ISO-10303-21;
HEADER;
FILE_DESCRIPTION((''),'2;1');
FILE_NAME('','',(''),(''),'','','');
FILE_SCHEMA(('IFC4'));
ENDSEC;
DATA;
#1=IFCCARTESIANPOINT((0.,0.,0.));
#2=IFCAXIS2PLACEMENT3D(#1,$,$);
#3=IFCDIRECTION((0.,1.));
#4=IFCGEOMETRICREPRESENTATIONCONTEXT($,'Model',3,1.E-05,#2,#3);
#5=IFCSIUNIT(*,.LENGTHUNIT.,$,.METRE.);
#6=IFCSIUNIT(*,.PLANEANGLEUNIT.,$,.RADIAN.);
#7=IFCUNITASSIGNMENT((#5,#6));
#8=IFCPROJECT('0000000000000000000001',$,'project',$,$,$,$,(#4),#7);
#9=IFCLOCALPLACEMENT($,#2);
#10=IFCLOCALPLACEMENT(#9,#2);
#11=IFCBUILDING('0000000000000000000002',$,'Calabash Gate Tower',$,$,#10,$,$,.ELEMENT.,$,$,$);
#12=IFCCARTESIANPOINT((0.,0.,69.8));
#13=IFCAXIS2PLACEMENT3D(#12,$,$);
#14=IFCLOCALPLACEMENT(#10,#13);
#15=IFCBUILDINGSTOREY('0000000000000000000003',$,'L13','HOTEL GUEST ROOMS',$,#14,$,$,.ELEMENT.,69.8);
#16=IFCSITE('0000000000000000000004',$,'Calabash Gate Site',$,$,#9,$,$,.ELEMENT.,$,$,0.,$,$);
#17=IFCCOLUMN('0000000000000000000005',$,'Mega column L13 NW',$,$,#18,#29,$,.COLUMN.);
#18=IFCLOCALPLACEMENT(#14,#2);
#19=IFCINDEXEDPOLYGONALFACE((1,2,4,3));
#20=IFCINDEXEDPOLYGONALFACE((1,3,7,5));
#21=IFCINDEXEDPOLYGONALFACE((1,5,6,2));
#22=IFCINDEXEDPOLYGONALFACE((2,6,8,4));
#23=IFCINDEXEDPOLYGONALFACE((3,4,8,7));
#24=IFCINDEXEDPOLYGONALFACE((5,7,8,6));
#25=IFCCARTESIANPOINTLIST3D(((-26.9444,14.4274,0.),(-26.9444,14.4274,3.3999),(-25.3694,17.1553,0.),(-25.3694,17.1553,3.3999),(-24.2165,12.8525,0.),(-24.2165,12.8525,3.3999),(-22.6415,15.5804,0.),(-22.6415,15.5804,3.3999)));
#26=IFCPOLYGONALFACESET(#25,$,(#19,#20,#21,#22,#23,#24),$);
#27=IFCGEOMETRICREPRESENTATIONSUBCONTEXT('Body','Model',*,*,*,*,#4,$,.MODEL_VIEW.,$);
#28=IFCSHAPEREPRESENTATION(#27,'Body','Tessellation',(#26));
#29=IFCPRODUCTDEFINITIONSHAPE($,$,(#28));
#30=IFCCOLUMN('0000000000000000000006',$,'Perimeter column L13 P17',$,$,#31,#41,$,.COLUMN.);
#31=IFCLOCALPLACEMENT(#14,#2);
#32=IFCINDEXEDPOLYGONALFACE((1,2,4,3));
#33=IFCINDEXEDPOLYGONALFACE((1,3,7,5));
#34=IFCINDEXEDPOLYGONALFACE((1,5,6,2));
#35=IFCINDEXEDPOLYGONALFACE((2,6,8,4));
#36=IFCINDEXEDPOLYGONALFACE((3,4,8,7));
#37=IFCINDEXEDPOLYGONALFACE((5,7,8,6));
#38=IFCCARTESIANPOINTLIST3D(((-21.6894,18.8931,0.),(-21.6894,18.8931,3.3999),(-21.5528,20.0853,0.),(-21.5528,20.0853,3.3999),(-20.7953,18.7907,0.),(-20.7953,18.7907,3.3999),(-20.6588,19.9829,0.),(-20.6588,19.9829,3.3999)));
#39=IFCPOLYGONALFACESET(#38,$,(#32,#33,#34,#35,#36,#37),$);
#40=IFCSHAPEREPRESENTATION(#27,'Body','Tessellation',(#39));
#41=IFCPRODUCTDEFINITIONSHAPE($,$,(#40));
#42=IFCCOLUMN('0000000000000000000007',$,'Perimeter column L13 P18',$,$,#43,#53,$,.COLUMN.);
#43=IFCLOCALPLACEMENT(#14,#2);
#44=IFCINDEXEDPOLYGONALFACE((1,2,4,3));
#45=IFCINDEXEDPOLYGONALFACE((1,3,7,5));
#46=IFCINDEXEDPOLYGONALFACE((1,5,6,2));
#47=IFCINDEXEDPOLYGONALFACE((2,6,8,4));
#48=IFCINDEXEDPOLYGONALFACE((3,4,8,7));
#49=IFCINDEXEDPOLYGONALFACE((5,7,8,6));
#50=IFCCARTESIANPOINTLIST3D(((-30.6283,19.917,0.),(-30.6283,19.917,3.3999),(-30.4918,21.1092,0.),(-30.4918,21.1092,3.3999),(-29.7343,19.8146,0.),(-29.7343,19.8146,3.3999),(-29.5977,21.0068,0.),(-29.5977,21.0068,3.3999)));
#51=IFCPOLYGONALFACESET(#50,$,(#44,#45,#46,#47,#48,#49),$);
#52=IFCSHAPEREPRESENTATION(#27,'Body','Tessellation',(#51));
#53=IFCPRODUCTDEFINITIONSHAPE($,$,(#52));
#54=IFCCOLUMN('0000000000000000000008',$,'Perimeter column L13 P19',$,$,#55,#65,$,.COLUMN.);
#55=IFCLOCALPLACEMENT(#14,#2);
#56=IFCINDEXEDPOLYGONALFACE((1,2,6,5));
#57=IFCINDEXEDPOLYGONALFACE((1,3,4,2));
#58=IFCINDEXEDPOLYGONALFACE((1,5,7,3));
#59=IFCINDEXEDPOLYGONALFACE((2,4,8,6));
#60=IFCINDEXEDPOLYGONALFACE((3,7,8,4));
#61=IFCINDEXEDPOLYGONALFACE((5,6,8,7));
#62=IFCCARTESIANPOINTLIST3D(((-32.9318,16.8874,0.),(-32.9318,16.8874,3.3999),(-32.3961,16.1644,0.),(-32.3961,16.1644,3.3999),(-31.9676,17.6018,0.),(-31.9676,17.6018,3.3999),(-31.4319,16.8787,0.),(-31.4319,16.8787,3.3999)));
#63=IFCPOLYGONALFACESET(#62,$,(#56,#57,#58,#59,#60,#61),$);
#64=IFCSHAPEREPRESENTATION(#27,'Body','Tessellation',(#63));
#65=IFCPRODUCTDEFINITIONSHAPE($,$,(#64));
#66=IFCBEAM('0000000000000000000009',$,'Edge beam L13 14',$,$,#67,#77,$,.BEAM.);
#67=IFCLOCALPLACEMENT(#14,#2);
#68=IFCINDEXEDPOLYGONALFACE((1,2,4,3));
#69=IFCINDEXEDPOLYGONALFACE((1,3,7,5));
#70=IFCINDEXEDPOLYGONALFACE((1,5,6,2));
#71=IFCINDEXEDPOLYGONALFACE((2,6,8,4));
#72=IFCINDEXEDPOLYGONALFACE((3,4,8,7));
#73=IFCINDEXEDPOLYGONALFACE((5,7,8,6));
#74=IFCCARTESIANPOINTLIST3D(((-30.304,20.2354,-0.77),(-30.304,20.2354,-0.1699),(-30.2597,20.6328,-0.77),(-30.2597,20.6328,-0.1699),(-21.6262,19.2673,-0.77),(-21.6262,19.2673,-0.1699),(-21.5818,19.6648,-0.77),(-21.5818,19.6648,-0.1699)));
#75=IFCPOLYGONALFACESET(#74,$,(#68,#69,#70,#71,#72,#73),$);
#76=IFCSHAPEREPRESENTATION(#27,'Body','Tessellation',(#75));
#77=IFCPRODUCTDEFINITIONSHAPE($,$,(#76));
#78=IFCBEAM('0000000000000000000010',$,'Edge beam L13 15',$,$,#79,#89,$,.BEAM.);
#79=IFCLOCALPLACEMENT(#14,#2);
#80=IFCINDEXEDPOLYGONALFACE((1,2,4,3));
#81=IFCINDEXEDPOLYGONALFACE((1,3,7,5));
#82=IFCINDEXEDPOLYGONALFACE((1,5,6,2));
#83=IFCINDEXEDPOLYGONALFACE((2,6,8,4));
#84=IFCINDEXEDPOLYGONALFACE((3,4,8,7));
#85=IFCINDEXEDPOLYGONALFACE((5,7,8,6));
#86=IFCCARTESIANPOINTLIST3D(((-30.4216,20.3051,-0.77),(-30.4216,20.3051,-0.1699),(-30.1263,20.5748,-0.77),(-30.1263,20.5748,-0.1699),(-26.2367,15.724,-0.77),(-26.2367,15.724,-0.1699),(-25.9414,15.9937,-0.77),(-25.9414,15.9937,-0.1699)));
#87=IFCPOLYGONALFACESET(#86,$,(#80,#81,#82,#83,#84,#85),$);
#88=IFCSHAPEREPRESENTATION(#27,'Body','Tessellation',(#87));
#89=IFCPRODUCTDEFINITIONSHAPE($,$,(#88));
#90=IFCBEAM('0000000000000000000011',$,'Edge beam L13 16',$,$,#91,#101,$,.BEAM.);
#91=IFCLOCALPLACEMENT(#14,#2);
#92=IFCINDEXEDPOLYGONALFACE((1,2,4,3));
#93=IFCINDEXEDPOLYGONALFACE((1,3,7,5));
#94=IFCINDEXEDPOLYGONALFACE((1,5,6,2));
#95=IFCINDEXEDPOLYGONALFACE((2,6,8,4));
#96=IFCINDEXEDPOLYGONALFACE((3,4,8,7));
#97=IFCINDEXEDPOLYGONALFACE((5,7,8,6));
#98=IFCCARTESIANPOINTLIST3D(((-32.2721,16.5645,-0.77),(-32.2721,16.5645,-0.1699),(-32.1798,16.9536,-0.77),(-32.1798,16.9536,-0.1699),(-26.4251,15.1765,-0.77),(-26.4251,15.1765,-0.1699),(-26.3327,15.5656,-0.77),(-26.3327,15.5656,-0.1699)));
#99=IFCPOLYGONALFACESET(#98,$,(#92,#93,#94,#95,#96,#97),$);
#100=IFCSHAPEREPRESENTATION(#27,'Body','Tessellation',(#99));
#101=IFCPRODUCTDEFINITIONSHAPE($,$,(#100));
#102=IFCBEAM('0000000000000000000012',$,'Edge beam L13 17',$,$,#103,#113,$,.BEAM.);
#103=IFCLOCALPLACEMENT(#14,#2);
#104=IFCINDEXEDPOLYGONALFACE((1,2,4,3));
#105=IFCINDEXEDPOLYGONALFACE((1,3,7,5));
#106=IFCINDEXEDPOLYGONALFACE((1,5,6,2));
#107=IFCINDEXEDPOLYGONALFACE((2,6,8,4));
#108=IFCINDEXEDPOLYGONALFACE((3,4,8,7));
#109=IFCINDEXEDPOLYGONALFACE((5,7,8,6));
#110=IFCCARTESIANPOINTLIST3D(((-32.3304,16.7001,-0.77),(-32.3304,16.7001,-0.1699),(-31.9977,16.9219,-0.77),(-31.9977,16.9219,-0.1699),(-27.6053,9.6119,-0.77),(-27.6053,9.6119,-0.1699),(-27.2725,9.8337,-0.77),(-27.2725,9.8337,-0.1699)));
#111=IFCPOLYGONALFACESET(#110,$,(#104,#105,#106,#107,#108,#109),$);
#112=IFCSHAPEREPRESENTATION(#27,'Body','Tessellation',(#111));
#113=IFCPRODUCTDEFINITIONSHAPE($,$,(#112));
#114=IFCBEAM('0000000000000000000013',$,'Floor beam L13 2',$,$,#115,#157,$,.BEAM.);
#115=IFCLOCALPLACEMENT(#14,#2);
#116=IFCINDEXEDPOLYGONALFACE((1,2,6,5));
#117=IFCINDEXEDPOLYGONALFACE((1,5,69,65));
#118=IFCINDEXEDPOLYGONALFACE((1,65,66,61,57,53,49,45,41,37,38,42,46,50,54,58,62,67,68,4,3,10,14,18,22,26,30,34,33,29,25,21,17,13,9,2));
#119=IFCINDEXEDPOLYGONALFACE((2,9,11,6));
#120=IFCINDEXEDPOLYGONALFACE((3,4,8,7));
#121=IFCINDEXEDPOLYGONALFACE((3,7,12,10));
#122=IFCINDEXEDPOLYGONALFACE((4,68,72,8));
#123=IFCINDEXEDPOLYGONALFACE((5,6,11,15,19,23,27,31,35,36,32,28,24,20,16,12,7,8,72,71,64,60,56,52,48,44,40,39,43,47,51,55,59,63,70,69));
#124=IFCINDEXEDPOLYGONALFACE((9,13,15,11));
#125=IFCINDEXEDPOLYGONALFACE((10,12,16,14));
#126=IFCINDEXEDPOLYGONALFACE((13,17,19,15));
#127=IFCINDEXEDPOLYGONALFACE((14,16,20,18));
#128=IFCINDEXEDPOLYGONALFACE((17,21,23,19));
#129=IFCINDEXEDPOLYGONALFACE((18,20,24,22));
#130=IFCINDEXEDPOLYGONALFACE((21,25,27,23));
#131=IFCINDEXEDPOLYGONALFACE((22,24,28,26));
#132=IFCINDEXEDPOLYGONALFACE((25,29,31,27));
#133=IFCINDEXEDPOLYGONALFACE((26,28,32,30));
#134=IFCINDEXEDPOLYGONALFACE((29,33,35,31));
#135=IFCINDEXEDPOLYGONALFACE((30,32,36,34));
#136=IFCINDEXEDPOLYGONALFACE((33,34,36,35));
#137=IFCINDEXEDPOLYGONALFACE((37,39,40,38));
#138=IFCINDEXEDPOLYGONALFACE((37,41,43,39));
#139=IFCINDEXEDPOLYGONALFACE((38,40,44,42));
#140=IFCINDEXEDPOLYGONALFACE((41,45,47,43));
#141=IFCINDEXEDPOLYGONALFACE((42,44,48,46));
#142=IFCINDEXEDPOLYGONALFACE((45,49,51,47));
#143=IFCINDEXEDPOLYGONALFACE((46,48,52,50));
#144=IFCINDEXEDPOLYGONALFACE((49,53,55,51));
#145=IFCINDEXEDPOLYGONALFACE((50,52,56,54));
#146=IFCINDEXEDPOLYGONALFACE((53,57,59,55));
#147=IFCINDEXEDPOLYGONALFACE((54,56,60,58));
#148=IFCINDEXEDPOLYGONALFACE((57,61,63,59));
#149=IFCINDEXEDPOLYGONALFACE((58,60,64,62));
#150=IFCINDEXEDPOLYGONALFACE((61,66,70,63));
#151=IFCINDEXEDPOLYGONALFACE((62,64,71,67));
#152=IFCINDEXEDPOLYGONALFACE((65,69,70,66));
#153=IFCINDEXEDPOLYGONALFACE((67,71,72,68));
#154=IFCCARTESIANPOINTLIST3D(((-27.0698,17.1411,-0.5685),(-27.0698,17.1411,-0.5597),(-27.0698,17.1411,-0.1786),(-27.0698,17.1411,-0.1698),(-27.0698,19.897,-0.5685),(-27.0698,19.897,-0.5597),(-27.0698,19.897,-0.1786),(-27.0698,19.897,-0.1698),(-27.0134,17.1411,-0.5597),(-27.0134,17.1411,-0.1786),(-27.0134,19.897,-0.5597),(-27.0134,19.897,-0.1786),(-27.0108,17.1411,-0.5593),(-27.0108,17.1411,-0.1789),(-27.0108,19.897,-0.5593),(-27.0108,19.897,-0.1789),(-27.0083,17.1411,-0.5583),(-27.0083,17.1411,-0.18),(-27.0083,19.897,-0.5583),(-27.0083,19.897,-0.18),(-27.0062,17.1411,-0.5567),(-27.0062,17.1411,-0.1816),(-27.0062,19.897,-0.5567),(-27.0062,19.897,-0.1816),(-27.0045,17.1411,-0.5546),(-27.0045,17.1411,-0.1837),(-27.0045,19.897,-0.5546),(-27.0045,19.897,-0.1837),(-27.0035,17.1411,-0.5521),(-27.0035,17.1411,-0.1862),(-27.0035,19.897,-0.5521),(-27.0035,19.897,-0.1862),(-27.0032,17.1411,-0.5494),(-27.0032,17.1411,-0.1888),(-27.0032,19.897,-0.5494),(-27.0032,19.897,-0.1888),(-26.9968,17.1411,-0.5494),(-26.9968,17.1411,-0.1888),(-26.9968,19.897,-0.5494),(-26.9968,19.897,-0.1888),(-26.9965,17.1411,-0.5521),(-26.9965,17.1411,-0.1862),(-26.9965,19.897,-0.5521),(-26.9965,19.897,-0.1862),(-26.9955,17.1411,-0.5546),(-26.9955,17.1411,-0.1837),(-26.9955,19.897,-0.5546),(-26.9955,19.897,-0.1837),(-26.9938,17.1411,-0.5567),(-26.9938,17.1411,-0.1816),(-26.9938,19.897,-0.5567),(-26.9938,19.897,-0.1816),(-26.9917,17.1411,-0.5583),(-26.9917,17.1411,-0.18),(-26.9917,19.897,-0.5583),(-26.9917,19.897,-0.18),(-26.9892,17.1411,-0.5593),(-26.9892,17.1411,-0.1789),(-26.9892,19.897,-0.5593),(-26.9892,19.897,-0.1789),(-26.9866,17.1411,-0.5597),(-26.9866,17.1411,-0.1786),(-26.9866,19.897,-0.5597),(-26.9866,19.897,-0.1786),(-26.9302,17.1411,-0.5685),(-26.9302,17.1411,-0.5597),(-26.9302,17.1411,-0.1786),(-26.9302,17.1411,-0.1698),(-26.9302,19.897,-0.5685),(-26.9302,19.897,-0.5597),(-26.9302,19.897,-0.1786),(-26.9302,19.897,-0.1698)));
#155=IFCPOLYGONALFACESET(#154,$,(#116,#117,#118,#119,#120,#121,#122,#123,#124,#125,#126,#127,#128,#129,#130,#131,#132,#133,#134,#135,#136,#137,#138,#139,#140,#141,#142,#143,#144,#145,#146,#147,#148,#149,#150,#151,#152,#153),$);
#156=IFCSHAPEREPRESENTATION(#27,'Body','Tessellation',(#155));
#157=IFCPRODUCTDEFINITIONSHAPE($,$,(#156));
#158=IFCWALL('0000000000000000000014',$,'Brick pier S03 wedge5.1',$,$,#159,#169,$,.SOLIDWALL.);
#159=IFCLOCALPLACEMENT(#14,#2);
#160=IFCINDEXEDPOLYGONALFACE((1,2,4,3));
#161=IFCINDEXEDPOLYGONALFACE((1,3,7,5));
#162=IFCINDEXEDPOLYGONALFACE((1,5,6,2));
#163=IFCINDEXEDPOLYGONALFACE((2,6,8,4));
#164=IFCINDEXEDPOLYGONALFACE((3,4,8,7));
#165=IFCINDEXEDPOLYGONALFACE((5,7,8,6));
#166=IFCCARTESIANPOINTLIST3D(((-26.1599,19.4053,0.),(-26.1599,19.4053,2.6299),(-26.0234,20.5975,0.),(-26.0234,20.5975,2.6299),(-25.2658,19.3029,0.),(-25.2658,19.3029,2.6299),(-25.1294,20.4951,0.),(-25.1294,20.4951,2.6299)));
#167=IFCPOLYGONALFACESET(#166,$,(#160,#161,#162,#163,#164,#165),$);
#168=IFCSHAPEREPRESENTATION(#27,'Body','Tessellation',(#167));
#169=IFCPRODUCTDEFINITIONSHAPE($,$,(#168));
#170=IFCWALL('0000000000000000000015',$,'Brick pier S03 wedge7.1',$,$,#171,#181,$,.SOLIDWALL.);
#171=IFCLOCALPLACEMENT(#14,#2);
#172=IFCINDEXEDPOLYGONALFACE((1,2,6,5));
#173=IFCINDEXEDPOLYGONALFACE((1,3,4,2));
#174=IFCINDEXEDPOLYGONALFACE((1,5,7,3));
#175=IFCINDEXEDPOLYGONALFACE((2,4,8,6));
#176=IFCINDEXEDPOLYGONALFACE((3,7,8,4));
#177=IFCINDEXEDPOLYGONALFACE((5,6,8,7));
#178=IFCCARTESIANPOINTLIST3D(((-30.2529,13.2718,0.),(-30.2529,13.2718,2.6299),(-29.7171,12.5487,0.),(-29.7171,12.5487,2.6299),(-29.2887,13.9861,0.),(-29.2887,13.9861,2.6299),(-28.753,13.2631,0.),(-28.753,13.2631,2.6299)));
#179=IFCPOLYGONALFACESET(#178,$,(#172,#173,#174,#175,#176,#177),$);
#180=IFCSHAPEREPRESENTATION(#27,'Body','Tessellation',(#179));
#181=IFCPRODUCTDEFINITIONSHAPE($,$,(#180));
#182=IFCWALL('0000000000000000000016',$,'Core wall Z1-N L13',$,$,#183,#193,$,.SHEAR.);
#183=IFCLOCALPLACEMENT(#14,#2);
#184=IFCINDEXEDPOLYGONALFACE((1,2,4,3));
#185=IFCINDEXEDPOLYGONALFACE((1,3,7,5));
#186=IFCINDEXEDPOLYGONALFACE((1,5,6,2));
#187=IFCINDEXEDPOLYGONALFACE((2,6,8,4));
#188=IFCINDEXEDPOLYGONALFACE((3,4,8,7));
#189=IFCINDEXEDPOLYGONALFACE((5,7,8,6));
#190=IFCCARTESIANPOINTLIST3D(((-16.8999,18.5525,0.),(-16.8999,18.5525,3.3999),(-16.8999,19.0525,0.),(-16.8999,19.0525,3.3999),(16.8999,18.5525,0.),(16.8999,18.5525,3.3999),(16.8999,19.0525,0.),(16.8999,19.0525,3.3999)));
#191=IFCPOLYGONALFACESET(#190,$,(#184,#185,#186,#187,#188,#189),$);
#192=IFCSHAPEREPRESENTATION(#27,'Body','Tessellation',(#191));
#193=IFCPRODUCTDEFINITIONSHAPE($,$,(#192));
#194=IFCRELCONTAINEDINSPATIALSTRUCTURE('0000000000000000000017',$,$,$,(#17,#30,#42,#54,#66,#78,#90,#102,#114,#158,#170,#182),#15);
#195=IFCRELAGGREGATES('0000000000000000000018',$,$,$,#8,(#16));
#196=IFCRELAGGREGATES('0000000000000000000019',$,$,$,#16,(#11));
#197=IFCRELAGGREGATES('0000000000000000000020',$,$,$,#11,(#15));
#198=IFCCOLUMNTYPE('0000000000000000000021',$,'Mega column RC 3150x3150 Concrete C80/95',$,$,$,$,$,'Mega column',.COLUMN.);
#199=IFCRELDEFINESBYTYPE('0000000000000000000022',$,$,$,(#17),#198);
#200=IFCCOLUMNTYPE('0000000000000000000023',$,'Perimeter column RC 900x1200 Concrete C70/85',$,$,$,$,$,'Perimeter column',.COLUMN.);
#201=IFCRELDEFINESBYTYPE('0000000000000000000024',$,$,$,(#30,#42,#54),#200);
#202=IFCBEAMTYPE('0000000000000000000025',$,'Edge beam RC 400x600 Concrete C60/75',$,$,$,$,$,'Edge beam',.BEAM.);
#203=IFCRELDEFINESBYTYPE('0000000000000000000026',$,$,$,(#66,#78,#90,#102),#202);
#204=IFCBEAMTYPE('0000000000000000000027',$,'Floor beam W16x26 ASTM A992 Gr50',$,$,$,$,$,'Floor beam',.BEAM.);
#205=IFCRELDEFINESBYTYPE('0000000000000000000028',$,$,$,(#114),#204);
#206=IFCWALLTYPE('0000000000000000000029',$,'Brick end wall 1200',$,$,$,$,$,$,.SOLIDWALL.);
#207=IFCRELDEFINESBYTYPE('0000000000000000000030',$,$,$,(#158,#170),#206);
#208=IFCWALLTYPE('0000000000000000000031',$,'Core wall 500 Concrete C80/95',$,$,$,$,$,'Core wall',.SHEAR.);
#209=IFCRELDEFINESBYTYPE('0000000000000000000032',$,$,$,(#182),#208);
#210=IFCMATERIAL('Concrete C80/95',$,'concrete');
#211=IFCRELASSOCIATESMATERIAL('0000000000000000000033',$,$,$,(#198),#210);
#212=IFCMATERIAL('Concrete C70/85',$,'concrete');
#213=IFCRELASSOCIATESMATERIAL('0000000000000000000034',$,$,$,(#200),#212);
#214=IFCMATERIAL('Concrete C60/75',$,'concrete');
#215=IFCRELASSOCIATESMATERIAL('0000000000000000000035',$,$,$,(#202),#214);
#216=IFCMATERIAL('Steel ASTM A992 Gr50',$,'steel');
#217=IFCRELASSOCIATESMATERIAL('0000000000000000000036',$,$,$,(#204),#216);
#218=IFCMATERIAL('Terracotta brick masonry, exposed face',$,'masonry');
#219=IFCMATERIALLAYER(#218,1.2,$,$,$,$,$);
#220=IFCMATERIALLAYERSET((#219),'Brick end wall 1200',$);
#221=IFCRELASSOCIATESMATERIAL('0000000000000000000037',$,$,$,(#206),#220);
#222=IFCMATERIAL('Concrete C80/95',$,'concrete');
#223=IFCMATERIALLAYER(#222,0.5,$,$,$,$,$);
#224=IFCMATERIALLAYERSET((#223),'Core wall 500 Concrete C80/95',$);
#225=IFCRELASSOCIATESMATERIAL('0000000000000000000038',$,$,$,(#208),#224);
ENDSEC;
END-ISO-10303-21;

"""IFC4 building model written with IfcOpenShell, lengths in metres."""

from ifc_helpers import new_model, si_unit, direction, frame, frame_2d, origin, origin_2d, place, context, subcontext, project, spatial, rectangle, i_section, extrude, material, layer, layer_set, material_profile, profile_set, type_object, element, save


model = new_model("IFC4")

# Units and contexts
model_context = context("Model", 3, precision=1e-05, world=origin(), true_north=direction((0.0, 1.0)))
body_context = subcontext(model_context, "Body", "Model", "MODEL_VIEW")
ifc_project = project(units=[si_unit("LENGTHUNIT", "METRE"), si_unit("PLANEANGLEUNIT", "RADIAN")], contexts=[model_context])

# Site, building, storey
site_placement = place(None, origin())
site = spatial("IfcSite", under=ifc_project, at=site_placement, Name="Calabash Gate Site", CompositionType="ELEMENT", RefElevation=0.0)
building_placement = place(site_placement, origin())
building = spatial("IfcBuilding", under=site, at=building_placement, Name="Calabash Gate Tower", CompositionType="ELEMENT")
storey_placement = place(building_placement, frame((0.0, 0.0, 69.8)))
storey = spatial("IfcBuildingStorey", under=building, at=storey_placement, Name="L13", Description="HOTEL GUEST ROOMS", CompositionType="ELEMENT", Elevation=69.8)

# Columns
ifc_material_1 = material(Name="Concrete C80/95", Category="concrete")
ifc_material_profile_1 = material_profile(ifc_material_1, rectangle(XDim=3.1499, YDim=3.1499, at=origin_2d()))
ifc_profile_set_1 = profile_set([ifc_material_profile_1], Name="Concrete C80/95")
column_type_1 = type_object("IfcColumnType", Name="Mega column RC 3150x3150 Concrete C80/95", ElementType="Mega column", PredefinedType="COLUMN", material=ifc_profile_set_1)
column_placement = place(storey_placement, frame((-24.793, 15.0039, 0.0), z_axis=(0.0, 0.0, 1.0), x_axis=(0.866025, -0.5, 0.0)))
element("IfcColumn", 1, at=column_placement, inside=storey, type_object=column_type_1, Name="Mega column L13 NW", PredefinedType="COLUMN", context=body_context, shape_type="SweptSolid", body=[
    extrude(rectangle(XDim=3.1499, YDim=3.1499, at=origin_2d()), origin(), (0.0, 0.0, 1.0), 3.3999),
])
ifc_material_2 = material(Name="Concrete C70/85", Category="concrete")
ifc_material_profile_2 = material_profile(ifc_material_2, rectangle(XDim=0.8999, YDim=1.2, at=origin_2d()))
ifc_profile_set_2 = profile_set([ifc_material_profile_2], Name="Concrete C70/85")
column_type_2 = type_object("IfcColumnType", Name="Perimeter column RC 900x1200 Concrete C70/85", ElementType="Perimeter column", PredefinedType="COLUMN", material=ifc_profile_set_2)
for number, where, z_axis, x_axis, name in (
    (2, (-21.1741, 19.438, 0.0), (0.0, 0.0, 1.0), (-0.993506, 0.113777, 0.0), "Perimeter column L13 P17"),
    (3, (-30.113, 20.4619, 0.0), (0.0, 0.0, 1.0), (-0.993506, 0.113777, 0.0), "Perimeter column L13 P18"),
    (4, (-32.1819, 16.8831, 0.0), (0.0, 0.0, 1.0), (0.595287, -0.803513, 0.0), "Perimeter column L13 P19"),
):
    element("IfcColumn", number, at=place(storey_placement, frame(where, z_axis=z_axis, x_axis=x_axis)), inside=storey, type_object=column_type_2, Name=name, PredefinedType="COLUMN", context=body_context, shape_type="SweptSolid", body=[
        extrude(rectangle(XDim=0.8999, YDim=1.2, at=origin_2d()), origin(), (0.0, 0.0, 1.0), 3.3999),
    ])

# Beams
ifc_material_3 = material(Name="Concrete C60/75", Category="concrete")
ifc_material_profile_3 = material_profile(ifc_material_3, rectangle(XDim=0.3999, YDim=0.6001, at=origin_2d()))
ifc_profile_set_3 = profile_set([ifc_material_profile_3], Name="Concrete C60/75")
beam_type_1 = type_object("IfcBeamType", Name="Edge beam RC 400x600 Concrete C60/75", ElementType="Edge beam", PredefinedType="BEAM", material=ifc_profile_set_3)
beam_1_placement = place(storey_placement, frame((-21.604, 19.4661, -0.47), z_axis=(-0.993836, 0.110861, 0.0), x_axis=(-0.110861, -0.993836, 0.0)))
element("IfcBeam", 5, at=beam_1_placement, inside=storey, type_object=beam_type_1, Name="Edge beam L13 14", PredefinedType="BEAM", context=body_context, shape_type="SweptSolid", body=[
    extrude(rectangle(XDim=0.3999, YDim=0.6001, at=origin_2d()), origin(), (0.0, 0.0, 1.0), 8.7317),
])
beam_2_placement = place(storey_placement, frame((-30.2739, 20.4399, -0.47), z_axis=(0.674455, -0.738316, 0.0), x_axis=(0.738316, 0.674455, 0.0)))
element("IfcBeam", 6, at=beam_2_placement, inside=storey, type_object=beam_type_1, Name="Edge beam L13 15", PredefinedType="BEAM", context=body_context, shape_type="SweptSolid", body=[
    extrude(rectangle(XDim=0.3999, YDim=0.6001, at=origin_2d()), origin(), (0.0, 0.0, 1.0), 6.2048),
])
beam_3_placement = place(storey_placement, frame((-26.3789, 15.3711, -0.47), z_axis=(-0.972965, 0.230952, 0.0), x_axis=(-0.230952, -0.972965, 0.0)))
element("IfcBeam", 7, at=beam_3_placement, inside=storey, type_object=beam_type_1, Name="Edge beam L13 16", PredefinedType="BEAM", context=body_context, shape_type="SweptSolid", body=[
    extrude(rectangle(XDim=0.3999, YDim=0.6001, at=origin_2d()), origin(), (0.0, 0.0, 1.0), 6.0095),
])
beam_4_placement = place(storey_placement, frame((-32.1641, 16.811, -0.47), z_axis=(0.554674, -0.832068, 0.0), x_axis=(0.832068, 0.554674, 0.0)))
element("IfcBeam", 8, at=beam_4_placement, inside=storey, type_object=beam_type_1, Name="Edge beam L13 17", PredefinedType="BEAM", context=body_context, shape_type="SweptSolid", body=[
    extrude(rectangle(XDim=0.3999, YDim=0.6001, at=origin_2d()), origin(), (0.0, 0.0, 1.0), 8.5188),
])
ifc_material_4 = material(Name="Steel ASTM A992 Gr50", Category="steel")
ifc_material_profile_4 = material_profile(ifc_material_4, i_section(OverallWidth=0.1396, OverallDepth=0.3987, WebThickness=0.0063, FlangeThickness=0.0088, FilletRadius=0.0103, at=origin_2d()))
ifc_profile_set_4 = profile_set([ifc_material_profile_4], Name="Steel ASTM A992 Gr50")
beam_type_2 = type_object("IfcBeamType", Name="Floor beam W16x26 ASTM A992 Gr50", ElementType="Floor beam", PredefinedType="BEAM", material=ifc_profile_set_4)
beam_5_placement = place(storey_placement, frame((-27.0, 17.1411, -0.3691), z_axis=(0.0, 1.0, 0.0), x_axis=(-1.0, 0.0, 0.0)))
element("IfcBeam", 9, at=beam_5_placement, inside=storey, type_object=beam_type_2, Name="Floor beam L13 2", PredefinedType="BEAM", context=body_context, shape_type="SweptSolid", body=[
    extrude(i_section(OverallWidth=0.1396, OverallDepth=0.3987, WebThickness=0.0063, FlangeThickness=0.0088, FilletRadius=0.0103, at=origin_2d()), origin(), (0.0, 0.0, 1.0), 2.7559),
])

# Walls
ifc_material_5 = material(Name="Terracotta brick masonry, exposed face", Category="masonry")
ifc_layer_1 = layer(ifc_material_5, 1.2)
ifc_layer_set_1 = layer_set([ifc_layer_1], Name="Brick end wall 1200")
wall_type_1 = type_object("IfcWallType", Name="Brick end wall 1200", PredefinedType="SOLIDWALL", material=ifc_layer_set_1)
for number, where, z_axis, x_axis, name in (
    (10, (-25.7129, 19.354, 0.0), (0.0, 0.0, 1.0), (0.113736, 0.993511, 0.0), "Brick pier S03 wedge5.1"),
    (11, (-29.9851, 12.9102, 0.0), (0.0, 0.0, 1.0), (0.803478, 0.595335, 0.0), "Brick pier S03 wedge7.1"),
):
    element("IfcWall", number, at=place(storey_placement, frame(where, z_axis=z_axis, x_axis=x_axis)), inside=storey, type_object=wall_type_1, Name=name, PredefinedType="SOLIDWALL", context=body_context, shape_type="SweptSolid", body=[
        extrude(rectangle(XDim=1.2, YDim=0.8999, at=frame_2d((0.6001, 0.0))), origin(), (0.0, 0.0, 1.0), 2.6299),
    ])
ifc_material_6 = material(Name="Concrete C80/95", Category="concrete")
ifc_layer_2 = layer(ifc_material_6, 0.5)
ifc_layer_set_2 = layer_set([ifc_layer_2], Name="Core wall 500 Concrete C80/95")
wall_type_2 = type_object("IfcWallType", Name="Core wall 500 Concrete C80/95", ElementType="Core wall", PredefinedType="SHEAR", material=ifc_layer_set_2)
wall_1_placement = place(storey_placement, frame((-16.8999, 18.8025, 0.0), z_axis=(0.0, 0.0, 1.0), x_axis=(1.0, 0.0, 0.0)))
element("IfcWall", 12, at=wall_1_placement, inside=storey, type_object=wall_type_2, Name="Core wall Z1-N L13", PredefinedType="SHEAR", context=body_context, shape_type="SweptSolid", body=[
    extrude(rectangle(XDim=33.7998, YDim=0.5, at=frame_2d((16.8999, 0.0))), origin(), (0.0, 0.0, 1.0), 3.3999),
])

save(model, "model.ifc")
